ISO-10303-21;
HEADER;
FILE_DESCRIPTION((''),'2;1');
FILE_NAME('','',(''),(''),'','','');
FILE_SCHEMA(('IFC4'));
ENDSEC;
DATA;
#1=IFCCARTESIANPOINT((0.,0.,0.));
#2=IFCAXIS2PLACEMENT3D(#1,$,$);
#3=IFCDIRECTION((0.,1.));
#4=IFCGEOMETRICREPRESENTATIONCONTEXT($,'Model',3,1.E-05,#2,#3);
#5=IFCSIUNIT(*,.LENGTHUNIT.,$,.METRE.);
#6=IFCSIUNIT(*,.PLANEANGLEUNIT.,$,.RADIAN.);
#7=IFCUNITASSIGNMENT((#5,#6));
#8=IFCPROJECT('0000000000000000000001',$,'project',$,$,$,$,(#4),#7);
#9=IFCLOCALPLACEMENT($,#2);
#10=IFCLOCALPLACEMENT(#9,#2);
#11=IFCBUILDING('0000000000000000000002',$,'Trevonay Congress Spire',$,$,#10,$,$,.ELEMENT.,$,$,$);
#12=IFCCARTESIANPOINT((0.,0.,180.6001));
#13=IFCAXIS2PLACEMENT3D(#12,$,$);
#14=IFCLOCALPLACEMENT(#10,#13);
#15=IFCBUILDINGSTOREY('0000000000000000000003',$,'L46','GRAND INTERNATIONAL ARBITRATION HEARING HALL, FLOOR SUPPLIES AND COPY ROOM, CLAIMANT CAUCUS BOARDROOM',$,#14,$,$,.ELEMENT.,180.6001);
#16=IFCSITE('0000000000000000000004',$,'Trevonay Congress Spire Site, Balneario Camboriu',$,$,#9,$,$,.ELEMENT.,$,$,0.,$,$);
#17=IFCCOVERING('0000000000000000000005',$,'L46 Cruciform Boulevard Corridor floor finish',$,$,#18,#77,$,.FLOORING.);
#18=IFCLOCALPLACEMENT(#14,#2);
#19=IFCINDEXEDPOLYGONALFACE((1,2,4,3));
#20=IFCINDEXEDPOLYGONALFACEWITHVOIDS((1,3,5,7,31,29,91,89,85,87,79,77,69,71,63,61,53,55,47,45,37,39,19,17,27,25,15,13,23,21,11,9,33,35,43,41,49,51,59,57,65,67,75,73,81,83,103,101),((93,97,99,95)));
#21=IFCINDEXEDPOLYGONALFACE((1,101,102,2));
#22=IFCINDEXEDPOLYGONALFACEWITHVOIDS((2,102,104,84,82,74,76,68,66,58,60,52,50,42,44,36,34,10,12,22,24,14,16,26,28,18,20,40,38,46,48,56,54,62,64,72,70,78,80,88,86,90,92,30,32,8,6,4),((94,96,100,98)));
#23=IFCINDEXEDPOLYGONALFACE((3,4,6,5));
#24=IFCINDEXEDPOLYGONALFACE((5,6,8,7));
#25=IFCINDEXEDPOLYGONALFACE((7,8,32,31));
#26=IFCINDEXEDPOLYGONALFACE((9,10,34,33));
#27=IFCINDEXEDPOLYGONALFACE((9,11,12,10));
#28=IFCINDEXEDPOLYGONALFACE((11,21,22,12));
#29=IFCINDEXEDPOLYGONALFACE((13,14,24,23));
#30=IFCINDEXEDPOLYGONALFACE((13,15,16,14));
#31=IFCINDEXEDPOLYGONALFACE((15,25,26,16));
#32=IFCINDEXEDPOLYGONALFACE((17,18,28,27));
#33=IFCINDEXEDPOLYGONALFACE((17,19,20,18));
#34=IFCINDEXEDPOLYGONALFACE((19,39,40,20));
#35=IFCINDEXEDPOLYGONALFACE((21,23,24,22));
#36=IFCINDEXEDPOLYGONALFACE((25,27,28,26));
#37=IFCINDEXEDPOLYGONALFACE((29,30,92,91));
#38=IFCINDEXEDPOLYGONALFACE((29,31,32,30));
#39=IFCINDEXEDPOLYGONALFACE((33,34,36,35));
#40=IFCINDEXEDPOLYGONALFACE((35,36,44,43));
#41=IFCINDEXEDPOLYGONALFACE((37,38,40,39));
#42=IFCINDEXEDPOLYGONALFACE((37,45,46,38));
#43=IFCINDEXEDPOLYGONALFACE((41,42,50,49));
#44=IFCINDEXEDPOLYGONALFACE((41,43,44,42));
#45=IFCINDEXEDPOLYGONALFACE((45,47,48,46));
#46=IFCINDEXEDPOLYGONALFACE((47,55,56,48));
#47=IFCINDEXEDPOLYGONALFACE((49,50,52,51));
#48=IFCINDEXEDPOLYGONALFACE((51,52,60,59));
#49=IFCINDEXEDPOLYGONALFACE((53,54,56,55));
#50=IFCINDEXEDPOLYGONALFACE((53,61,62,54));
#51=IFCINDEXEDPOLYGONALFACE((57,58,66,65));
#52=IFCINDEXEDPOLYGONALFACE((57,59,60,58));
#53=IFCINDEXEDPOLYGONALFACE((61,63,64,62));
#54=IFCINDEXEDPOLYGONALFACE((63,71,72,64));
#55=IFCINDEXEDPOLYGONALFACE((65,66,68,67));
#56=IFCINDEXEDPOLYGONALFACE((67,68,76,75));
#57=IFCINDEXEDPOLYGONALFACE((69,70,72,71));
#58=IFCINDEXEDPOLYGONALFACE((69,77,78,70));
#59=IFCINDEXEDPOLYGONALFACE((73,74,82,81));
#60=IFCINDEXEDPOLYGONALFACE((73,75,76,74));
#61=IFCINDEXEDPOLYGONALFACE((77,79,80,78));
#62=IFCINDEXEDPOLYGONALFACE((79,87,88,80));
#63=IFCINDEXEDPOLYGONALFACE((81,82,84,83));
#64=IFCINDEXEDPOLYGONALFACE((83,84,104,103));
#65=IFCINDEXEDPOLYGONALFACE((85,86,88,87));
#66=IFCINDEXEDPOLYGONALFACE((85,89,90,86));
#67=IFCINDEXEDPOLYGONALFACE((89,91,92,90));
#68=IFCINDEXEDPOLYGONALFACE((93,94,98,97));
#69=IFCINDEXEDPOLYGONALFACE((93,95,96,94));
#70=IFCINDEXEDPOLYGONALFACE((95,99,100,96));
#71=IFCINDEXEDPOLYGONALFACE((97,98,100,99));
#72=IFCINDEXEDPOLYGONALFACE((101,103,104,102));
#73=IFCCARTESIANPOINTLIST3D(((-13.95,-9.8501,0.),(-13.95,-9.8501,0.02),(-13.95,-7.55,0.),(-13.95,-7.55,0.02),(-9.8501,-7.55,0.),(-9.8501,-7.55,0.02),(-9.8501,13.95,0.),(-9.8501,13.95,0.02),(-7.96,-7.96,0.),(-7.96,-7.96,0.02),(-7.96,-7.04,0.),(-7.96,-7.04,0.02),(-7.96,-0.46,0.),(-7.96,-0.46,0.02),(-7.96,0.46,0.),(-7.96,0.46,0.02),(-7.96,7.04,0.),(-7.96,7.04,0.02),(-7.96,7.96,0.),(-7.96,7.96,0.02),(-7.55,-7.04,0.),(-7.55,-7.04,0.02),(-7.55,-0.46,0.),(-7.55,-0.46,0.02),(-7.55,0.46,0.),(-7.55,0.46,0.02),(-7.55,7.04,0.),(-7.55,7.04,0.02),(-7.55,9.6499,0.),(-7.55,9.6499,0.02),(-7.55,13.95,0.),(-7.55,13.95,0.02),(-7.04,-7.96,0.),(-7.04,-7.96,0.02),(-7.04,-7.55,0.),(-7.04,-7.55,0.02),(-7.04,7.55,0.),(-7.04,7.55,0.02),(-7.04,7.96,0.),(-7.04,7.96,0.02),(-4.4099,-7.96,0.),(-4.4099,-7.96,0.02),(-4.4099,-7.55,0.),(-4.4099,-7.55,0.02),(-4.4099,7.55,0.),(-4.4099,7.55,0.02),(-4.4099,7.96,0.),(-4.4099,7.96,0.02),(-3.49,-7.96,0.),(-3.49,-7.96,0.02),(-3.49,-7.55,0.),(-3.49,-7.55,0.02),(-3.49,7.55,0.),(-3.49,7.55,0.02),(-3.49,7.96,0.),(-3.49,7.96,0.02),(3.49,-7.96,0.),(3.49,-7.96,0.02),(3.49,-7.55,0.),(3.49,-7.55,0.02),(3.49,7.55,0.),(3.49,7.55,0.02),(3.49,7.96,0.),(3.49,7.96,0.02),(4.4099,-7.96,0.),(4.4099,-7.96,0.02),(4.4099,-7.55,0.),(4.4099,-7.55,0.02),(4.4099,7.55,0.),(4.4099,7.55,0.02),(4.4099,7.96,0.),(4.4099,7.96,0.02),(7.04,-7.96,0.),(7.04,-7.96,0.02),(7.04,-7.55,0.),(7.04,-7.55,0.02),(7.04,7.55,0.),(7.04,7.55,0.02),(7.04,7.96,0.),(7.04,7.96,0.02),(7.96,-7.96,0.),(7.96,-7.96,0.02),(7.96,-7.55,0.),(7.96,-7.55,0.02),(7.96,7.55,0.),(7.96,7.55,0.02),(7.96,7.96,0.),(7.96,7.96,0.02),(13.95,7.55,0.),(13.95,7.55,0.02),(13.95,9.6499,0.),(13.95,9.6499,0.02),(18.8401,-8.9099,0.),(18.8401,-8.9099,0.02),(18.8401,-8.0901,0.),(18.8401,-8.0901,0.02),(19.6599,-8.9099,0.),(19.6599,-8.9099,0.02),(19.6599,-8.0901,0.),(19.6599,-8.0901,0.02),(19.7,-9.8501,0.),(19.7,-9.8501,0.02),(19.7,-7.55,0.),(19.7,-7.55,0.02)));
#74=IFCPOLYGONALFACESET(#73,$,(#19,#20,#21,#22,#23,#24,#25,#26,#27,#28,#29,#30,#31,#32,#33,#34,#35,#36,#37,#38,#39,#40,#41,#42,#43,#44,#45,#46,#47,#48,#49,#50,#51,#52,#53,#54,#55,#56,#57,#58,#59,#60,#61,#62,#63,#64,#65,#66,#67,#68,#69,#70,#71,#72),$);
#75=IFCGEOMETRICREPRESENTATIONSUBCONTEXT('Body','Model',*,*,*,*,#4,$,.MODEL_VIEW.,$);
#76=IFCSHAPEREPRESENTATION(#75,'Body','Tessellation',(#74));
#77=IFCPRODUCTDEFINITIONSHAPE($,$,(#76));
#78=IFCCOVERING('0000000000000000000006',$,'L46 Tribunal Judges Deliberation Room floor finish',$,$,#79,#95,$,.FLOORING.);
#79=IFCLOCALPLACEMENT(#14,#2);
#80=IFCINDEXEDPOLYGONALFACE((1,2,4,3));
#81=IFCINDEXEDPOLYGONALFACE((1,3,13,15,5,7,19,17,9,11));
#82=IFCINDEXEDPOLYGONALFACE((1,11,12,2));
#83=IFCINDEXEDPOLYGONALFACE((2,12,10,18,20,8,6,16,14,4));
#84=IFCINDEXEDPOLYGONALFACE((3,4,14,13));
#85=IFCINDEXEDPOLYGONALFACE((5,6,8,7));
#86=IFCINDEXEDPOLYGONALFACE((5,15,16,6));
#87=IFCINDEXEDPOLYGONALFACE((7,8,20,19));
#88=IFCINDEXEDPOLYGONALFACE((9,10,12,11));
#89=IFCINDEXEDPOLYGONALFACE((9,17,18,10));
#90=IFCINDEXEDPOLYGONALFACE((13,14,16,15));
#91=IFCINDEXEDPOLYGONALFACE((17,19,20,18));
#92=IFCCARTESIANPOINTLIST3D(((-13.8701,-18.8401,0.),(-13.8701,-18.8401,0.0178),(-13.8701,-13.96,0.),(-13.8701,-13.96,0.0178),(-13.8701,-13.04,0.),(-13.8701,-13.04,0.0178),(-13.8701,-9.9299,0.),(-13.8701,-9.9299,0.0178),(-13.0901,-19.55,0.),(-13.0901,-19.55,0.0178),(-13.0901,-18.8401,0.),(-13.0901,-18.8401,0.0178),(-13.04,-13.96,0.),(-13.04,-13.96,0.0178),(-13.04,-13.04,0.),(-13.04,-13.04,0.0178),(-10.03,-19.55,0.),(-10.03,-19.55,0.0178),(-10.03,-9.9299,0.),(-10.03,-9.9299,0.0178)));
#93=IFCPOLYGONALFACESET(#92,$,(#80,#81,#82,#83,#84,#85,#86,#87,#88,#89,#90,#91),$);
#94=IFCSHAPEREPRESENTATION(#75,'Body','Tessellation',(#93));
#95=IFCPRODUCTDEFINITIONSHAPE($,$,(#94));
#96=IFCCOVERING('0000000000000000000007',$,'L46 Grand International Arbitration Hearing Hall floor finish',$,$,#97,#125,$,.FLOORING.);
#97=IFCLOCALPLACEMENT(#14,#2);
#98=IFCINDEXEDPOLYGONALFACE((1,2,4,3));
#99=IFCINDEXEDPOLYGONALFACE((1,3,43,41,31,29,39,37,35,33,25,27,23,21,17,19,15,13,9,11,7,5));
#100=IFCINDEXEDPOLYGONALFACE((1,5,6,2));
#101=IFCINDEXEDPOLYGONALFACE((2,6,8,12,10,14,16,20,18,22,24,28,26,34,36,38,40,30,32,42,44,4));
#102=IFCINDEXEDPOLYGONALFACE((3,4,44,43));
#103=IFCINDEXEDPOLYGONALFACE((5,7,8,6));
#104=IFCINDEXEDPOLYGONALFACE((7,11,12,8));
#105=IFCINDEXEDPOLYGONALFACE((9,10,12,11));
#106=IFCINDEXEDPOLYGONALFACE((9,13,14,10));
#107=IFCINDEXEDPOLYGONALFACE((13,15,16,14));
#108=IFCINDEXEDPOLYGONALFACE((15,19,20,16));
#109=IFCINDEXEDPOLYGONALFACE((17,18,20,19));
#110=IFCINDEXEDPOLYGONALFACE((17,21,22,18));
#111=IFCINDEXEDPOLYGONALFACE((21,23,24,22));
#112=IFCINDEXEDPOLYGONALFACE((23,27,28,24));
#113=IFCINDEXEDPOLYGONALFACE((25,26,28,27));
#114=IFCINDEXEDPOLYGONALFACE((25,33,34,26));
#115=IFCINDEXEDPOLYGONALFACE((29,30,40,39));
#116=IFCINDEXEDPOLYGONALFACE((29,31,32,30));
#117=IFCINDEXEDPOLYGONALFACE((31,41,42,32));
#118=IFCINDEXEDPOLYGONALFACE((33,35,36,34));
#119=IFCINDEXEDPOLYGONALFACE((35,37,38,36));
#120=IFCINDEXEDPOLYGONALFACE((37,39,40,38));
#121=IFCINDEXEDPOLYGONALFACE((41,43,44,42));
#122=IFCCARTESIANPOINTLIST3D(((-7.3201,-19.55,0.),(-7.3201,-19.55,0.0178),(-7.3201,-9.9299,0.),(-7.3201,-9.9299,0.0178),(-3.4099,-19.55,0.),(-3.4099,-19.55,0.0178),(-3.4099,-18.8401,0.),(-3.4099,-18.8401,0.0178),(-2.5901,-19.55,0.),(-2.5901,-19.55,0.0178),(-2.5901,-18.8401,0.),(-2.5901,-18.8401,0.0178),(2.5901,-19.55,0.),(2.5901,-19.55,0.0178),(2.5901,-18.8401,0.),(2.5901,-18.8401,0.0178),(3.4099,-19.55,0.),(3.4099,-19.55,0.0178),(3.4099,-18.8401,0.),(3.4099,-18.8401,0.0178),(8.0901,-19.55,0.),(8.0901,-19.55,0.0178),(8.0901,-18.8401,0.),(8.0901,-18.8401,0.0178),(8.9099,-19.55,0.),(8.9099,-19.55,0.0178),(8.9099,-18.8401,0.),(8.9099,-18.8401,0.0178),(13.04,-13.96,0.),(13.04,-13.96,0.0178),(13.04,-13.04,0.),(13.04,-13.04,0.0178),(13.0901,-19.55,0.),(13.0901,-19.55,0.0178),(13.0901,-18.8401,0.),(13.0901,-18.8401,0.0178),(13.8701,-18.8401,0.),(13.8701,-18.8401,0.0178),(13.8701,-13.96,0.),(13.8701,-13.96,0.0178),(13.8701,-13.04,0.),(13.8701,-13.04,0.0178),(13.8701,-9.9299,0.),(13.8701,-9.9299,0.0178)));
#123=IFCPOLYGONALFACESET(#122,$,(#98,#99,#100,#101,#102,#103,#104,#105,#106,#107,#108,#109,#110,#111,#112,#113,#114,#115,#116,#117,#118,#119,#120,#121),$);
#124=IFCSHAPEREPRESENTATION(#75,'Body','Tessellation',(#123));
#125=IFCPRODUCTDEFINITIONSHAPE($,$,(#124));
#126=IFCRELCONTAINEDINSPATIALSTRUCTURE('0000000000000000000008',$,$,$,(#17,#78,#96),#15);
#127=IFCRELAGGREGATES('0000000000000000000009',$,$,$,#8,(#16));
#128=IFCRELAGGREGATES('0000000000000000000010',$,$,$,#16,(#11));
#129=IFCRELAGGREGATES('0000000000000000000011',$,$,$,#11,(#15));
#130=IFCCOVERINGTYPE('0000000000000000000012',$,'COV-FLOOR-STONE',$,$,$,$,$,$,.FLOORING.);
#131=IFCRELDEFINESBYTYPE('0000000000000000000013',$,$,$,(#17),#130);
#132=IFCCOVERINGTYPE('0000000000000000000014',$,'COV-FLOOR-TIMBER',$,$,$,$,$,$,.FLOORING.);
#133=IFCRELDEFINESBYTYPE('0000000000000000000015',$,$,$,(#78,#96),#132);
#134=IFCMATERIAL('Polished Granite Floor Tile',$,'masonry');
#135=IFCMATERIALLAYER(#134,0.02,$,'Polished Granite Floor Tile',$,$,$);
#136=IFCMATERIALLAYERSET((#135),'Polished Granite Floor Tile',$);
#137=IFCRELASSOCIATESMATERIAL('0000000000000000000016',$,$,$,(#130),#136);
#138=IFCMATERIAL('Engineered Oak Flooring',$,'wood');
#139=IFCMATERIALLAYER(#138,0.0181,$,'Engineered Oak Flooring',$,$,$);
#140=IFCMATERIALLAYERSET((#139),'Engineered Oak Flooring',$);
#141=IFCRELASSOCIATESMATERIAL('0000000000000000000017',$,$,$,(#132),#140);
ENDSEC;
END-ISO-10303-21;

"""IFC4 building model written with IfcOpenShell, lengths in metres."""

from ifc_helpers import new_model, si_unit, direction, frame, origin, place, context, subcontext, project, spatial, polyline, outline, extrude, material, layer, layer_set, type_object, element, save


model = new_model("IFC4")

# Units and contexts
model_context = context("Model", 3, precision=1e-05, world=origin(), true_north=direction((0.0, 1.0)))
body_context = subcontext(model_context, "Body", "Model", "MODEL_VIEW")
ifc_project = project(units=[si_unit("LENGTHUNIT", "METRE"), si_unit("PLANEANGLEUNIT", "RADIAN")], contexts=[model_context])

# Site, building, storey
site_placement = place(None, origin())
site = spatial("IfcSite", under=ifc_project, at=site_placement, Name="Trevonay Congress Spire Site, Balneario Camboriu", CompositionType="ELEMENT", RefElevation=0.0)
building_placement = place(site_placement, origin())
building = spatial("IfcBuilding", under=site, at=building_placement, Name="Trevonay Congress Spire", CompositionType="ELEMENT")
storey_placement = place(building_placement, frame((0.0, 0.0, 180.6001)))
storey = spatial("IfcBuildingStorey", under=building, at=storey_placement, Name="L46", Description="GRAND INTERNATIONAL ARBITRATION HEARING HALL, FLOOR SUPPLIES AND COPY ROOM, CLAIMANT CAUCUS BOARDROOM", CompositionType="ELEMENT", Elevation=180.6001)

# Coverings
ifc_material_1 = material(Name="Polished Granite Floor Tile", Category="masonry")
ifc_layer_1 = layer(ifc_material_1, 0.02, Name="Polished Granite Floor Tile")
ifc_layer_set_1 = layer_set([ifc_layer_1], Name="Polished Granite Floor Tile")
covering_type_1 = type_object("IfcCoveringType", Name="COV-FLOOR-STONE", PredefinedType="FLOORING", material=ifc_layer_set_1)
covering_1_placement = place(storey_placement, origin())
element("IfcCovering", 1, at=covering_1_placement, inside=storey, type_object=covering_type_1, Name="L46 Cruciform Boulevard Corridor floor finish", PredefinedType="FLOORING", context=body_context, shape_type="SweptSolid", body=[
    extrude(outline(polyline([(19.7, -7.55), (19.7, -9.8501), (-13.95, -9.8501), (-13.95, -7.55), (-9.8501, -7.55), (-9.8501, 13.95), (-7.55, 13.95), (-7.55, 9.6499), (13.95, 9.6499), (13.95, 7.55), (7.96, 7.55), (7.96, 7.96), (7.04, 7.96), (7.04, 7.55), (4.4099, 7.55), (4.4099, 7.96), (3.49, 7.96), (3.49, 7.55), (-3.49, 7.55), (-3.49, 7.96), (-4.4099, 7.96), (-4.4099, 7.55), (-7.04, 7.55), (-7.04, 7.96), (-7.96, 7.96), (-7.96, 7.04), (-7.55, 7.04), (-7.55, 0.46), (-7.96, 0.46), (-7.96, -0.46), (-7.55, -0.46), (-7.55, -7.04), (-7.96, -7.04), (-7.96, -7.96), (-7.04, -7.96), (-7.04, -7.55), (-4.4099, -7.55), (-4.4099, -7.96), (-3.49, -7.96), (-3.49, -7.55), (3.49, -7.55), (3.49, -7.96), (4.4099, -7.96), (4.4099, -7.55), (7.04, -7.55), (7.04, -7.96), (7.96, -7.96), (7.96, -7.55), (19.7, -7.55)]), holes=[polyline([(19.6599, -8.0901), (18.8401, -8.0901), (18.8401, -8.9099), (19.6599, -8.9099), (19.6599, -8.0901)])]), origin(), (0.0, 0.0, 1.0), 0.02),
])
ifc_material_2 = material(Name="Engineered Oak Flooring", Category="wood")
ifc_layer_2 = layer(ifc_material_2, 0.0181, Name="Engineered Oak Flooring")
ifc_layer_set_2 = layer_set([ifc_layer_2], Name="Engineered Oak Flooring")
covering_type_2 = type_object("IfcCoveringType", Name="COV-FLOOR-TIMBER", PredefinedType="FLOORING", material=ifc_layer_set_2)
covering_2_placement = place(storey_placement, origin())
element("IfcCovering", 2, at=covering_2_placement, inside=storey, type_object=covering_type_2, Name="L46 Tribunal Judges Deliberation Room floor finish", PredefinedType="FLOORING", context=body_context, shape_type="SweptSolid", body=[
    extrude(outline(polyline([(-13.8701, -9.9299), (-10.03, -9.9299), (-10.03, -19.55), (-13.0901, -19.55), (-13.0901, -18.8401), (-13.8701, -18.8401), (-13.8701, -13.96), (-13.04, -13.96), (-13.04, -13.04), (-13.8701, -13.04), (-13.8701, -9.9299)])), origin(), (0.0, 0.0, 1.0), 0.0178),
])
covering_3_placement = place(storey_placement, origin())
element("IfcCovering", 3, at=covering_3_placement, inside=storey, type_object=covering_type_2, Name="L46 Grand International Arbitration Hearing Hall floor finish", PredefinedType="FLOORING", context=body_context, shape_type="SweptSolid", body=[
    extrude(outline(polyline([(-7.3201, -19.55), (-7.3201, -9.9299), (13.8701, -9.9299), (13.8701, -13.04), (13.04, -13.04), (13.04, -13.96), (13.8701, -13.96), (13.8701, -18.8401), (13.0901, -18.8401), (13.0901, -19.55), (8.9099, -19.55), (8.9099, -18.8401), (8.0901, -18.8401), (8.0901, -19.55), (3.4099, -19.55), (3.4099, -18.8401), (2.5901, -18.8401), (2.5901, -19.55), (-2.5901, -19.55), (-2.5901, -18.8401), (-3.4099, -18.8401), (-3.4099, -19.55), (-7.3201, -19.55)])), origin(), (0.0, 0.0, 1.0), 0.0178),
])

save(model, "model.ifc")
